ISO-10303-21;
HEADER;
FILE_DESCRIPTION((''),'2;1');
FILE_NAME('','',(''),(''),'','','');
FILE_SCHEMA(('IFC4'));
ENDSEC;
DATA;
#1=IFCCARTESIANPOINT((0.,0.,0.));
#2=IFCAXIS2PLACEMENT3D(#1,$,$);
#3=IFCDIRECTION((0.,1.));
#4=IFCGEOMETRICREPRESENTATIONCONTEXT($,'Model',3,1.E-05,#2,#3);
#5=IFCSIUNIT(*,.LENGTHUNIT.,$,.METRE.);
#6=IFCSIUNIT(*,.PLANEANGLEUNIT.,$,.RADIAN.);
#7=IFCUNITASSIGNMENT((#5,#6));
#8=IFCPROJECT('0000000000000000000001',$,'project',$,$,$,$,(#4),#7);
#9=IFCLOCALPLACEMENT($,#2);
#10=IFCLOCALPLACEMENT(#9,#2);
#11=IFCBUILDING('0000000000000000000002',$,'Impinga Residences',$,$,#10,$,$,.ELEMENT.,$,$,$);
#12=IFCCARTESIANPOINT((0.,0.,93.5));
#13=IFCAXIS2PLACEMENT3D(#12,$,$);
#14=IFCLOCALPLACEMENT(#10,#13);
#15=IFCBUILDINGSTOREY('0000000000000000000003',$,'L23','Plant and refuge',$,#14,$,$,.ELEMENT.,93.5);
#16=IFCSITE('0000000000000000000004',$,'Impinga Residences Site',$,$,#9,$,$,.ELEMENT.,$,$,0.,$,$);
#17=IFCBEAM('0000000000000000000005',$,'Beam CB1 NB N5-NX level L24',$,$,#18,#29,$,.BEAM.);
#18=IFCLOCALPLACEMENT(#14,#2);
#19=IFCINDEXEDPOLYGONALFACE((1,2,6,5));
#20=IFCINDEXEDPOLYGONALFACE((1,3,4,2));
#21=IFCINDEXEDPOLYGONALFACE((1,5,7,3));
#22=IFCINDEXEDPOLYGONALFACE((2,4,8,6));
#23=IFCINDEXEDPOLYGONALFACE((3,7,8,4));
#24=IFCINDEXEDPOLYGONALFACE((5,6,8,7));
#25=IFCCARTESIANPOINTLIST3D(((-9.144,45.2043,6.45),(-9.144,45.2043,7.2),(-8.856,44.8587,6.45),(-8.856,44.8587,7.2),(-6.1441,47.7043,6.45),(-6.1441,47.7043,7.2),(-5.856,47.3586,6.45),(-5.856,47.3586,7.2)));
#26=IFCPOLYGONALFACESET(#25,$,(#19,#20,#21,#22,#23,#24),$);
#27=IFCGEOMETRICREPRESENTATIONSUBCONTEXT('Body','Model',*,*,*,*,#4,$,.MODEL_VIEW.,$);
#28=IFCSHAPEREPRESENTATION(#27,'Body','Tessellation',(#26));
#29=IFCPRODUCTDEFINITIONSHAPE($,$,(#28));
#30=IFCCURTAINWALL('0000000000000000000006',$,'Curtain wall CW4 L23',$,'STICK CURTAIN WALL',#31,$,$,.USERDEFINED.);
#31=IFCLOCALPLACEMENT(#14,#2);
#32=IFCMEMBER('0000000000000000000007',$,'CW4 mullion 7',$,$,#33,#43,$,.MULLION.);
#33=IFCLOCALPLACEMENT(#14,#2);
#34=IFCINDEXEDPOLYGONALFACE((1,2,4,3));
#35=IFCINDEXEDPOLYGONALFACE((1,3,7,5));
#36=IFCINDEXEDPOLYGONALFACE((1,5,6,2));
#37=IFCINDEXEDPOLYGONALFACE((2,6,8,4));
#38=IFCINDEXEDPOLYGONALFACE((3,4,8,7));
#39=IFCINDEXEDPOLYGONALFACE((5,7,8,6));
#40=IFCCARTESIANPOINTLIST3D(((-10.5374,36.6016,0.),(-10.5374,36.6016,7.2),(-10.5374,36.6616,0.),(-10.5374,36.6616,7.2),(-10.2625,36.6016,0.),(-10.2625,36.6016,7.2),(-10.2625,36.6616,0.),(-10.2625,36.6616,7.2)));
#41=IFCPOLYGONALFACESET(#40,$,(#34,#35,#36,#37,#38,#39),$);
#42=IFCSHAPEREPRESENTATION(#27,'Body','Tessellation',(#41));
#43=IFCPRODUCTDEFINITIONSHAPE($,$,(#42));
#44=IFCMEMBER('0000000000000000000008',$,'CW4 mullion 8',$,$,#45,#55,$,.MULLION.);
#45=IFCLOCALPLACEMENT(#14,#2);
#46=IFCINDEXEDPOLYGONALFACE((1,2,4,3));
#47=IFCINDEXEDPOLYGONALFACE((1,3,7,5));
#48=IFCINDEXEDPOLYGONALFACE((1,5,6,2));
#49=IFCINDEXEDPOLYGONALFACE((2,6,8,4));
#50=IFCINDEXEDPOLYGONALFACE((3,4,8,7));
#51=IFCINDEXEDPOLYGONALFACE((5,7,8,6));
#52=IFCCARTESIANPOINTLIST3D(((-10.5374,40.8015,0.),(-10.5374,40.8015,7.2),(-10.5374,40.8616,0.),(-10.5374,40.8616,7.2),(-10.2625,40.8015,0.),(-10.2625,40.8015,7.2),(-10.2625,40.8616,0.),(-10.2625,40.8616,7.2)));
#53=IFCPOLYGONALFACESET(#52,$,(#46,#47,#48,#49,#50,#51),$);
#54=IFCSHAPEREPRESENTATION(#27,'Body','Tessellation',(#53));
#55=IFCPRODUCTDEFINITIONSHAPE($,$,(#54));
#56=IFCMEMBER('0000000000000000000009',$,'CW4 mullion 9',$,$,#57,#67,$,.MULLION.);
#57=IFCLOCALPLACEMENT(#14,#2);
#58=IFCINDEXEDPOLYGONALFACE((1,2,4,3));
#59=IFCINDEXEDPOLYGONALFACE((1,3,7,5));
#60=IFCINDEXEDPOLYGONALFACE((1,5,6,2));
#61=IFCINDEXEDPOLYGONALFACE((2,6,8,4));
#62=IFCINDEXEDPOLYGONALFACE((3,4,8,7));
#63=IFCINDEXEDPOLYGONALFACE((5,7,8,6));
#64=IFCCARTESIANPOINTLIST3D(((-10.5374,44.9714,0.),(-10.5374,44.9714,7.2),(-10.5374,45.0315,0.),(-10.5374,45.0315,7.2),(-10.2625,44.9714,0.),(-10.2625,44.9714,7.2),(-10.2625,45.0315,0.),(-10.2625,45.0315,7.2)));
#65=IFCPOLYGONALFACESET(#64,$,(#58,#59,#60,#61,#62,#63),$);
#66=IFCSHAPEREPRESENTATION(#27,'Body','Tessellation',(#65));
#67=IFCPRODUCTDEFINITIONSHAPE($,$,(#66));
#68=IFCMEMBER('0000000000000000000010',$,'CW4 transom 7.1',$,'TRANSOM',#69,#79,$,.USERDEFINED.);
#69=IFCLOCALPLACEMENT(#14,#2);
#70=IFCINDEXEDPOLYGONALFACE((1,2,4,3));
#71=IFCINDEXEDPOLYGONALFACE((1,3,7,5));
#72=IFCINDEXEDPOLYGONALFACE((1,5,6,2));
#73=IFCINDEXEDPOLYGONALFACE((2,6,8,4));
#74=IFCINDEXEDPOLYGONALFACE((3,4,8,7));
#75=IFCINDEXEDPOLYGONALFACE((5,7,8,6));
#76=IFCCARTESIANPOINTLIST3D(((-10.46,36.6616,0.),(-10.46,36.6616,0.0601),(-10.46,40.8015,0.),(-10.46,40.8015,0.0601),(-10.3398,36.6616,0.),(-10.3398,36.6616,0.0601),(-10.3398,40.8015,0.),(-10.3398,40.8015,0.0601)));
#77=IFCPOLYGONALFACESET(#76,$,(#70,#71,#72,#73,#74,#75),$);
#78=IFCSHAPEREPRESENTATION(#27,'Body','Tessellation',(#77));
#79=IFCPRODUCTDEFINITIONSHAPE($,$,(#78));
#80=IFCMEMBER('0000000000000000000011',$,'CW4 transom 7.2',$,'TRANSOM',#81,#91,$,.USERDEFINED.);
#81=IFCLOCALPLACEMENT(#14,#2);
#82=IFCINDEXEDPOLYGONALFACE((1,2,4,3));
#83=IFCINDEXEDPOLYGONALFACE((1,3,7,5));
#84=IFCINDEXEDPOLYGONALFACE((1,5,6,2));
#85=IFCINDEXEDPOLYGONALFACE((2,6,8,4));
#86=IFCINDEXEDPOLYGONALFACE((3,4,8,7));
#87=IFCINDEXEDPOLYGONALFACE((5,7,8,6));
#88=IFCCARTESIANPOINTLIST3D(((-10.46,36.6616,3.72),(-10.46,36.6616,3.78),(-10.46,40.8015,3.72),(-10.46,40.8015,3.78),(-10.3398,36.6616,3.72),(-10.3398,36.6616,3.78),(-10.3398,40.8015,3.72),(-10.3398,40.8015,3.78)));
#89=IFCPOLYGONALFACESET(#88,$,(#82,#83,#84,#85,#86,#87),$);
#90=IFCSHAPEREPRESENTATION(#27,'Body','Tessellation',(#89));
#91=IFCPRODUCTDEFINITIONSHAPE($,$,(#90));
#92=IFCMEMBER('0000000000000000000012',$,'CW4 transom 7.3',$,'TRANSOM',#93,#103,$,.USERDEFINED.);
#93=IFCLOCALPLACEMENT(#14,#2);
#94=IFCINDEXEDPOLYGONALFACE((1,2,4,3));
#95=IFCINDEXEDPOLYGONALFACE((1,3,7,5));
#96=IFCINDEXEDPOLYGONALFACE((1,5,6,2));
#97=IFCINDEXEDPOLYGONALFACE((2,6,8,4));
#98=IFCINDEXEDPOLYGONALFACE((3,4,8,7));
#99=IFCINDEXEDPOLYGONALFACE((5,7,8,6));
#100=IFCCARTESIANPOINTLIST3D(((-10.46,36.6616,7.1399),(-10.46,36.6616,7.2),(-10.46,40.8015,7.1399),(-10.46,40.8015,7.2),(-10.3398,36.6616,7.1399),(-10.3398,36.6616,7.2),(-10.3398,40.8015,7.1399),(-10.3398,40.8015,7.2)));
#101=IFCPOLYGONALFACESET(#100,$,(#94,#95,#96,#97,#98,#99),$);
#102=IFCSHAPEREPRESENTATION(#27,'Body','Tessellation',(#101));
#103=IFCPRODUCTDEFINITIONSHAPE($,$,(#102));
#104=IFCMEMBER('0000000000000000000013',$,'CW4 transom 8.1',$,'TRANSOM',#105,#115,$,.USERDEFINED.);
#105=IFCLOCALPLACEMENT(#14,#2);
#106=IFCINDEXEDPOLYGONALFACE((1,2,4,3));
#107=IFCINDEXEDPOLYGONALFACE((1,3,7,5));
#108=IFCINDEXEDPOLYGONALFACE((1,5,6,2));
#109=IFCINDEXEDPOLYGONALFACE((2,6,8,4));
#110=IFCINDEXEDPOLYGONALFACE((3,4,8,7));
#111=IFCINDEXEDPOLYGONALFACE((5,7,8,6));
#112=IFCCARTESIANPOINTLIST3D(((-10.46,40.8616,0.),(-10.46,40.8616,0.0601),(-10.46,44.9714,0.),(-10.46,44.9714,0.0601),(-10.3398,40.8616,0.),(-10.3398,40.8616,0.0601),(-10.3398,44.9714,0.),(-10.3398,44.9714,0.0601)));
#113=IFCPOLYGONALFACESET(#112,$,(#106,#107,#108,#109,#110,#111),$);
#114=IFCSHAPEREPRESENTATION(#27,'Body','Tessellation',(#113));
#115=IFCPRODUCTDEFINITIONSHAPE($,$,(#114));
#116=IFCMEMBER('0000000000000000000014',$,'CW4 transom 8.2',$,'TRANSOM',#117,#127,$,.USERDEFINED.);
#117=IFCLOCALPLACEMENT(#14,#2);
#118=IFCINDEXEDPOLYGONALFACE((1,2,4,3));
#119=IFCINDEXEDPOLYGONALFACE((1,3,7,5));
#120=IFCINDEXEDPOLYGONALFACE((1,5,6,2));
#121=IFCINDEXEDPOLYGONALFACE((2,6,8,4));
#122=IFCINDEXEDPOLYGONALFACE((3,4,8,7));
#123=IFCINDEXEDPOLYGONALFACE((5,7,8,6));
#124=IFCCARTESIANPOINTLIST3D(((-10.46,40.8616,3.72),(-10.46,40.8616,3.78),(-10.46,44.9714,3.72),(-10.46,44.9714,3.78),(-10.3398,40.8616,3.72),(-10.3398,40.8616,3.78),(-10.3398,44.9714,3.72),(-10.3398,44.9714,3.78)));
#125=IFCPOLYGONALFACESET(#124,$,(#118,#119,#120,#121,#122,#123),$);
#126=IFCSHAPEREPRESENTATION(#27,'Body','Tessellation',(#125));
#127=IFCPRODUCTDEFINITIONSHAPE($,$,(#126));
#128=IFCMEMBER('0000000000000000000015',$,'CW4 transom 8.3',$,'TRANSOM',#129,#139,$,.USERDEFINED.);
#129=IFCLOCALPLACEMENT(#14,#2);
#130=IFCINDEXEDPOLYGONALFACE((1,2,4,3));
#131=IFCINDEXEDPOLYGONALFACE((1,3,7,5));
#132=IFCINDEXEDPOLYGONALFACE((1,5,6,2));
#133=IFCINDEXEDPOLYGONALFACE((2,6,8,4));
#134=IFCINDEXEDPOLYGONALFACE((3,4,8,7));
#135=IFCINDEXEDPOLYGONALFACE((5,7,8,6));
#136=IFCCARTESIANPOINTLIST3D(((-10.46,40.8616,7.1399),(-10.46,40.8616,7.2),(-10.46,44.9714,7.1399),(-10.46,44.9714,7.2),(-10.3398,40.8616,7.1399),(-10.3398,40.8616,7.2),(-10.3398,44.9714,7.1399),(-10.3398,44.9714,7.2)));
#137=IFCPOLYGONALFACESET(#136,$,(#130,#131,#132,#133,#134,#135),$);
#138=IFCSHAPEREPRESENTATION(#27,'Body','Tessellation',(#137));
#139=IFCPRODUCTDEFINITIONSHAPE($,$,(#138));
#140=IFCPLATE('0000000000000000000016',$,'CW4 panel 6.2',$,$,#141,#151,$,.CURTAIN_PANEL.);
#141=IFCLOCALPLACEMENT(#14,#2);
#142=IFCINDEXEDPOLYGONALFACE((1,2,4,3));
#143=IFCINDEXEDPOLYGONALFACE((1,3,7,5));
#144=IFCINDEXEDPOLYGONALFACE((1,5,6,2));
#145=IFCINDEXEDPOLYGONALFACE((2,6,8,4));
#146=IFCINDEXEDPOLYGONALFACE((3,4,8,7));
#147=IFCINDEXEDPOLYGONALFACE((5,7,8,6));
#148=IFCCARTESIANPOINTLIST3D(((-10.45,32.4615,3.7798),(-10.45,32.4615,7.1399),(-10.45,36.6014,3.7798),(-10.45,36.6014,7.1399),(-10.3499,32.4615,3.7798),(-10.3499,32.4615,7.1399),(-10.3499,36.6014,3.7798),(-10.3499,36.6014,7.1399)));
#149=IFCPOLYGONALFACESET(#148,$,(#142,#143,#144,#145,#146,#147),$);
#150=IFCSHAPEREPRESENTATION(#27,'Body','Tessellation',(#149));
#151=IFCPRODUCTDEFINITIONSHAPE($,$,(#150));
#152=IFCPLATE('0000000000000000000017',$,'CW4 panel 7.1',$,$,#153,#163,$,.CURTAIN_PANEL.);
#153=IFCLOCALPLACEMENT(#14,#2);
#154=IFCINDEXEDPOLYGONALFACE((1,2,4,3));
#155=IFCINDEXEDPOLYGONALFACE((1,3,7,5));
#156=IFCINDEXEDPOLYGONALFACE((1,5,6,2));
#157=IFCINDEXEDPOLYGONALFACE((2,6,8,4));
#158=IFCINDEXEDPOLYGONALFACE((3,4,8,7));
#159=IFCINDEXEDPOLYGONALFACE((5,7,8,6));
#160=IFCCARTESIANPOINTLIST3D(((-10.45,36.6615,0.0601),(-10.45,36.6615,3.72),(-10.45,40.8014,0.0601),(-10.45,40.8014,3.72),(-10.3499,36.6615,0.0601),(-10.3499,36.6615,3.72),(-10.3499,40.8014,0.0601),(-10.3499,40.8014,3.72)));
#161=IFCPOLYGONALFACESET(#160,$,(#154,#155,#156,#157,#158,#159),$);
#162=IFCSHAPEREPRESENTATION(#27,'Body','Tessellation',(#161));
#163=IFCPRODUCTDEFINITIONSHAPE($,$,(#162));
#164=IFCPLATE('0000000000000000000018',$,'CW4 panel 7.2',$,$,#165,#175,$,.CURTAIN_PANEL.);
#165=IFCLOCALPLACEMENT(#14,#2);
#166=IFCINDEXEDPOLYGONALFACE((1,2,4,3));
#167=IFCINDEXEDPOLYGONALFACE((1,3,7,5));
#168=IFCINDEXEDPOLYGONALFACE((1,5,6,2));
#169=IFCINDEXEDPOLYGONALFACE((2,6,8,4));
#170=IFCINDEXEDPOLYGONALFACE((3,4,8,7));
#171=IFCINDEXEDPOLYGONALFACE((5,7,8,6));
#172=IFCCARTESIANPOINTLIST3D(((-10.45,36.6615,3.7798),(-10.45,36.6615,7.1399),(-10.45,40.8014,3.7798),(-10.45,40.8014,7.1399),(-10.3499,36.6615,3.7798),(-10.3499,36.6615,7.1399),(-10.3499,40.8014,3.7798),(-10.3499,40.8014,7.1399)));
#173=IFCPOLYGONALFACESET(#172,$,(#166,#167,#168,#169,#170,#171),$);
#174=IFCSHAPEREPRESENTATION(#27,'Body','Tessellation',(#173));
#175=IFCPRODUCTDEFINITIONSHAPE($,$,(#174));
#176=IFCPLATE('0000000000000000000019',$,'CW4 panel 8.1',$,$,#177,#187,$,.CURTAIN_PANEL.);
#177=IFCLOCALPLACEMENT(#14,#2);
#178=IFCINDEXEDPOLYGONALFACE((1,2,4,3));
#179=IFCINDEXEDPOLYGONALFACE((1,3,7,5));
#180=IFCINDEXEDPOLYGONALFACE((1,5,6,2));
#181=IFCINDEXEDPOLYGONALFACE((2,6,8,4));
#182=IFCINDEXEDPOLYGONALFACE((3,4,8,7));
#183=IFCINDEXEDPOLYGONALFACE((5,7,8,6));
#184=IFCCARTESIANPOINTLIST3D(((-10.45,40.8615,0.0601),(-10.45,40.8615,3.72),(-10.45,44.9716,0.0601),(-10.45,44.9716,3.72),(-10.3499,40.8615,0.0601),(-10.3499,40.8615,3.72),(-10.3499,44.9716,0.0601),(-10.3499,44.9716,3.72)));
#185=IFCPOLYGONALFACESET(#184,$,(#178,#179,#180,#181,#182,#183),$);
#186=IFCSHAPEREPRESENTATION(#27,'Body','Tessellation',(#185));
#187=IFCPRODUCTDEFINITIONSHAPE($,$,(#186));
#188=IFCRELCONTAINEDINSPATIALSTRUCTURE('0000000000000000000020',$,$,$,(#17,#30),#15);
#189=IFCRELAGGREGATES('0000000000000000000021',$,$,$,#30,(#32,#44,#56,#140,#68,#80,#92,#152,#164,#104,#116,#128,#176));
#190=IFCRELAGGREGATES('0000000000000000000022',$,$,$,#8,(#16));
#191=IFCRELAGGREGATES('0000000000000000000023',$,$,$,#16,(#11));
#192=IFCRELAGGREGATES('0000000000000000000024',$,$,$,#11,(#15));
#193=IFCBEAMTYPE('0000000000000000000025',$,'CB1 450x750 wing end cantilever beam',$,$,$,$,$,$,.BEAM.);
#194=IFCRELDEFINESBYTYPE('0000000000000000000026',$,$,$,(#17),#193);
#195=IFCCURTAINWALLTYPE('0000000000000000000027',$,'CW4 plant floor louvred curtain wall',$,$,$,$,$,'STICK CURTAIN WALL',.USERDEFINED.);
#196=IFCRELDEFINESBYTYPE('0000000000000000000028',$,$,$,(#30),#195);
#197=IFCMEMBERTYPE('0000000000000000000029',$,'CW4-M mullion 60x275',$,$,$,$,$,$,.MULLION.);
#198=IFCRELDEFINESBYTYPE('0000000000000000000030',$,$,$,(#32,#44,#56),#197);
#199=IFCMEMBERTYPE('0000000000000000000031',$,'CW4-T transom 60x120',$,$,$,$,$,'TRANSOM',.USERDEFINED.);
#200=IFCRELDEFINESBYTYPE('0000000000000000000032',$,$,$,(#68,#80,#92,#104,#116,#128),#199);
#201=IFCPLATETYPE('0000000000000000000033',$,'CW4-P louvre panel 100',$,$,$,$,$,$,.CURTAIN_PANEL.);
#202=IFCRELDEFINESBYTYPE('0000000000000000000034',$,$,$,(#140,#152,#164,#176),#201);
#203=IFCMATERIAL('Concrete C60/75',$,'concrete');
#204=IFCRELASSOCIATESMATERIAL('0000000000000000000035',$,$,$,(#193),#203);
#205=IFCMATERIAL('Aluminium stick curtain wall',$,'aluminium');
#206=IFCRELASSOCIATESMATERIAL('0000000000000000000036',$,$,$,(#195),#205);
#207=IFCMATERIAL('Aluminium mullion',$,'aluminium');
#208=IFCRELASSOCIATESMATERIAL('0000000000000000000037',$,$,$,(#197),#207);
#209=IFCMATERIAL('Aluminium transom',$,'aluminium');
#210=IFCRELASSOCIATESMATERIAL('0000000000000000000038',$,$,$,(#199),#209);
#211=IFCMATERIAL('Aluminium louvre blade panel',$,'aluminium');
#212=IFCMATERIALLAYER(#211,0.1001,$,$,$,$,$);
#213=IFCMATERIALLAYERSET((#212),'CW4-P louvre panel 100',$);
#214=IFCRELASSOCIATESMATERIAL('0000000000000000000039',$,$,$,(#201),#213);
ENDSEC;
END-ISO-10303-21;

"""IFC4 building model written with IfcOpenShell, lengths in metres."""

from ifc_helpers import new_model, si_unit, direction, frame, origin, origin_2d, place, context, subcontext, project, spatial, rectangle, extrude, material, layer, layer_set, material_profile, profile_set, type_object, element, aggregate, save


model = new_model("IFC4")

# Units and contexts
model_context = context("Model", 3, precision=1e-05, world=origin(), true_north=direction((0.0, 1.0)))
body_context = subcontext(model_context, "Body", "Model", "MODEL_VIEW")
ifc_project = project(units=[si_unit("LENGTHUNIT", "METRE"), si_unit("PLANEANGLEUNIT", "RADIAN")], contexts=[model_context])

# Site, building, storey
site_placement = place(None, origin())
site = spatial("IfcSite", under=ifc_project, at=site_placement, Name="Impinga Residences Site", CompositionType="ELEMENT", RefElevation=0.0)
building_placement = place(site_placement, origin())
building = spatial("IfcBuilding", under=site, at=building_placement, Name="Impinga Residences", CompositionType="ELEMENT")
storey_placement = place(building_placement, frame((0.0, 0.0, 93.5)))
storey = spatial("IfcBuildingStorey", under=building, at=storey_placement, Name="L23", Description="Plant and refuge", CompositionType="ELEMENT", Elevation=93.5)

# Beam
ifc_material_1 = material(Name="Concrete C60/75", Category="concrete")
ifc_material_profile_1 = material_profile(ifc_material_1, rectangle(XDim=0.45, YDim=0.75, at=origin_2d()), Name="RC 450x750")
ifc_profile_set_1 = profile_set([ifc_material_profile_1], Name="Concrete C60/75")
beam_type = type_object("IfcBeamType", Name="CB1 450x750 wing end cantilever beam", PredefinedType="BEAM", material=ifc_profile_set_1)
beam_placement = place(storey_placement, frame((-9.0, 45.0315, 6.825), z_axis=(0.768221, 0.640184, 0.0), x_axis=(-0.640184, 0.768221, 0.0)))
element("IfcBeam", 1, at=beam_placement, inside=storey, type_object=beam_type, Name="Beam CB1 NB N5-NX level L24", PredefinedType="BEAM", context=body_context, shape_type="SweptSolid", body=[
    extrude(rectangle(XDim=0.45, YDim=0.75, at=origin_2d()), origin(), (0.0, 0.0, 1.0), 3.905),
])

# Curtain wall, members, plates
ifc_material_2 = material(Name="Aluminium stick curtain wall", Category="aluminium")
curtain_wall_type = type_object("IfcCurtainWallType", Name="CW4 plant floor louvred curtain wall", ElementType="STICK CURTAIN WALL", PredefinedType="USERDEFINED", material=ifc_material_2)
curtain_wall_placement = place(storey_placement, origin())
curtain_wall = element("IfcCurtainWall", 2, at=curtain_wall_placement, inside=storey, type_object=curtain_wall_type, Name="Curtain wall CW4 L23", ObjectType="STICK CURTAIN WALL", PredefinedType="USERDEFINED")
ifc_material_3 = material(Name="Aluminium mullion", Category="aluminium")
ifc_material_profile_2 = material_profile(ifc_material_3, rectangle(XDim=0.0601, YDim=0.2749, at=origin_2d()), Name="60x275 mullion")
ifc_profile_set_2 = profile_set([ifc_material_profile_2], Name="Aluminium mullion")
member_type_1 = type_object("IfcMemberType", Name="CW4-M mullion 60x275", PredefinedType="MULLION", material=ifc_profile_set_2)
member_1_placement = place(storey_placement, frame((-10.3999, 36.6316, 0.0), z_axis=(0.0, 0.0, 1.0), x_axis=(0.0, 1.0, 0.0)))
member_1 = element("IfcMember", 3, at=member_1_placement, type_object=member_type_1, Name="CW4 mullion 7", PredefinedType="MULLION", context=body_context, shape_type="SweptSolid", body=[
    extrude(rectangle(XDim=0.0601, YDim=0.2749, at=origin_2d()), origin(), (0.0, 0.0, 1.0), 7.2),
])
member_2_placement = place(storey_placement, frame((-10.3999, 40.8315, 0.0), z_axis=(0.0, 0.0, 1.0), x_axis=(0.0, 1.0, 0.0)))
member_2 = element("IfcMember", 4, at=member_2_placement, type_object=member_type_1, Name="CW4 mullion 8", PredefinedType="MULLION", context=body_context, shape_type="SweptSolid", body=[
    extrude(rectangle(XDim=0.0601, YDim=0.2749, at=origin_2d()), origin(), (0.0, 0.0, 1.0), 7.2),
])
member_3_placement = place(storey_placement, frame((-10.3999, 45.0015, 0.0), z_axis=(0.0, 0.0, 1.0), x_axis=(0.0, 1.0, 0.0)))
member_3 = element("IfcMember", 5, at=member_3_placement, type_object=member_type_1, Name="CW4 mullion 9", PredefinedType="MULLION", context=body_context, shape_type="SweptSolid", body=[
    extrude(rectangle(XDim=0.0601, YDim=0.2749, at=origin_2d()), origin(), (0.0, 0.0, 1.0), 7.2),
])
ifc_material_4 = material(Name="Aluminium transom", Category="aluminium")
ifc_material_profile_3 = material_profile(ifc_material_4, rectangle(XDim=0.0601, YDim=0.1201, at=origin_2d()), Name="60x120 transom")
ifc_profile_set_3 = profile_set([ifc_material_profile_3], Name="Aluminium transom")
member_type_2 = type_object("IfcMemberType", Name="CW4-T transom 60x120", ElementType="TRANSOM", PredefinedType="USERDEFINED", material=ifc_profile_set_3)
member_4_placement = place(storey_placement, frame((-10.3999, 36.6616, 0.03), z_axis=(0.0, 1.0, 0.0), x_axis=(0.0, 0.0, 1.0)))
member_4 = element("IfcMember", 6, at=member_4_placement, type_object=member_type_2, Name="CW4 transom 7.1", ObjectType="TRANSOM", PredefinedType="USERDEFINED", context=body_context, shape_type="SweptSolid", body=[
    extrude(rectangle(XDim=0.0601, YDim=0.1201, at=origin_2d()), origin(), (0.0, 0.0, 1.0), 4.1399),
])
member_5_placement = place(storey_placement, frame((-10.3999, 36.6616, 3.75), z_axis=(0.0, 1.0, 0.0), x_axis=(0.0, 0.0, 1.0)))
member_5 = element("IfcMember", 7, at=member_5_placement, type_object=member_type_2, Name="CW4 transom 7.2", ObjectType="TRANSOM", PredefinedType="USERDEFINED", context=body_context, shape_type="SweptSolid", body=[
    extrude(rectangle(XDim=0.0601, YDim=0.1201, at=origin_2d()), origin(), (0.0, 0.0, 1.0), 4.1399),
])
member_6_placement = place(storey_placement, frame((-10.3999, 36.6616, 7.1699), z_axis=(0.0, 1.0, 0.0), x_axis=(0.0, 0.0, 1.0)))
member_6 = element("IfcMember", 8, at=member_6_placement, type_object=member_type_2, Name="CW4 transom 7.3", ObjectType="TRANSOM", PredefinedType="USERDEFINED", context=body_context, shape_type="SweptSolid", body=[
    extrude(rectangle(XDim=0.0601, YDim=0.1201, at=origin_2d()), origin(), (0.0, 0.0, 1.0), 4.1399),
])
member_7_placement = place(storey_placement, frame((-10.3999, 40.8616, 0.03), z_axis=(0.0, 1.0, 0.0), x_axis=(0.0, 0.0, 1.0)))
member_7 = element("IfcMember", 9, at=member_7_placement, type_object=member_type_2, Name="CW4 transom 8.1", ObjectType="TRANSOM", PredefinedType="USERDEFINED", context=body_context, shape_type="SweptSolid", body=[
    extrude(rectangle(XDim=0.0601, YDim=0.1201, at=origin_2d()), origin(), (0.0, 0.0, 1.0), 4.1099),
])
member_8_placement = place(storey_placement, frame((-10.3999, 40.8616, 3.75), z_axis=(0.0, 1.0, 0.0), x_axis=(0.0, 0.0, 1.0)))
member_8 = element("IfcMember", 10, at=member_8_placement, type_object=member_type_2, Name="CW4 transom 8.2", ObjectType="TRANSOM", PredefinedType="USERDEFINED", context=body_context, shape_type="SweptSolid", body=[
    extrude(rectangle(XDim=0.0601, YDim=0.1201, at=origin_2d()), origin(), (0.0, 0.0, 1.0), 4.1099),
])
member_9_placement = place(storey_placement, frame((-10.3999, 40.8616, 7.1699), z_axis=(0.0, 1.0, 0.0), x_axis=(0.0, 0.0, 1.0)))
member_9 = element("IfcMember", 11, at=member_9_placement, type_object=member_type_2, Name="CW4 transom 8.3", ObjectType="TRANSOM", PredefinedType="USERDEFINED", context=body_context, shape_type="SweptSolid", body=[
    extrude(rectangle(XDim=0.0601, YDim=0.1201, at=origin_2d()), origin(), (0.0, 0.0, 1.0), 4.1099),
])
ifc_material_5 = material(Name="Aluminium louvre blade panel", Category="aluminium")
ifc_layer_1 = layer(ifc_material_5, 0.1001)
ifc_layer_set_1 = layer_set([ifc_layer_1], Name="CW4-P louvre panel 100")
plate_type = type_object("IfcPlateType", Name="CW4-P louvre panel 100", PredefinedType="CURTAIN_PANEL", material=ifc_layer_set_1)
plate_1_placement = place(storey_placement, frame((-10.3999, 34.5315, 3.7798), z_axis=(0.0, 0.0, 1.0), x_axis=(0.0, 1.0, 0.0)))
plate_1 = element("IfcPlate", 12, at=plate_1_placement, type_object=plate_type, Name="CW4 panel 6.2", PredefinedType="CURTAIN_PANEL", context=body_context, shape_type="SweptSolid", body=[
    extrude(rectangle(XDim=4.1399, YDim=0.1001, at=origin_2d()), origin(), (0.0, 0.0, 1.0), 3.3601),
])
plate_2_placement = place(storey_placement, frame((-10.3999, 38.7314, 0.0601), z_axis=(0.0, 0.0, 1.0), x_axis=(0.0, 1.0, 0.0)))
plate_2 = element("IfcPlate", 13, at=plate_2_placement, type_object=plate_type, Name="CW4 panel 7.1", PredefinedType="CURTAIN_PANEL", context=body_context, shape_type="SweptSolid", body=[
    extrude(rectangle(XDim=4.1399, YDim=0.1001, at=origin_2d()), origin(), (0.0, 0.0, 1.0), 3.6599),
])
plate_3_placement = place(storey_placement, frame((-10.3999, 38.7314, 3.7798), z_axis=(0.0, 0.0, 1.0), x_axis=(0.0, 1.0, 0.0)))
plate_3 = element("IfcPlate", 14, at=plate_3_placement, type_object=plate_type, Name="CW4 panel 7.2", PredefinedType="CURTAIN_PANEL", context=body_context, shape_type="SweptSolid", body=[
    extrude(rectangle(XDim=4.1399, YDim=0.1001, at=origin_2d()), origin(), (0.0, 0.0, 1.0), 3.3601),
])
plate_4_placement = place(storey_placement, frame((-10.3999, 42.9165, 0.0601), z_axis=(0.0, 0.0, 1.0), x_axis=(0.0, 1.0, 0.0)))
plate_4 = element("IfcPlate", 15, at=plate_4_placement, type_object=plate_type, Name="CW4 panel 8.1", PredefinedType="CURTAIN_PANEL", context=body_context, shape_type="SweptSolid", body=[
    extrude(rectangle(XDim=4.1101, YDim=0.1001, at=origin_2d()), origin(), (0.0, 0.0, 1.0), 3.6599),
])
aggregate(curtain_wall, [member_1, member_2, member_3, plate_1, member_4, member_5, member_6, plate_2, plate_3, member_7, member_8, member_9, plate_4])

save(model, "model.ifc")
